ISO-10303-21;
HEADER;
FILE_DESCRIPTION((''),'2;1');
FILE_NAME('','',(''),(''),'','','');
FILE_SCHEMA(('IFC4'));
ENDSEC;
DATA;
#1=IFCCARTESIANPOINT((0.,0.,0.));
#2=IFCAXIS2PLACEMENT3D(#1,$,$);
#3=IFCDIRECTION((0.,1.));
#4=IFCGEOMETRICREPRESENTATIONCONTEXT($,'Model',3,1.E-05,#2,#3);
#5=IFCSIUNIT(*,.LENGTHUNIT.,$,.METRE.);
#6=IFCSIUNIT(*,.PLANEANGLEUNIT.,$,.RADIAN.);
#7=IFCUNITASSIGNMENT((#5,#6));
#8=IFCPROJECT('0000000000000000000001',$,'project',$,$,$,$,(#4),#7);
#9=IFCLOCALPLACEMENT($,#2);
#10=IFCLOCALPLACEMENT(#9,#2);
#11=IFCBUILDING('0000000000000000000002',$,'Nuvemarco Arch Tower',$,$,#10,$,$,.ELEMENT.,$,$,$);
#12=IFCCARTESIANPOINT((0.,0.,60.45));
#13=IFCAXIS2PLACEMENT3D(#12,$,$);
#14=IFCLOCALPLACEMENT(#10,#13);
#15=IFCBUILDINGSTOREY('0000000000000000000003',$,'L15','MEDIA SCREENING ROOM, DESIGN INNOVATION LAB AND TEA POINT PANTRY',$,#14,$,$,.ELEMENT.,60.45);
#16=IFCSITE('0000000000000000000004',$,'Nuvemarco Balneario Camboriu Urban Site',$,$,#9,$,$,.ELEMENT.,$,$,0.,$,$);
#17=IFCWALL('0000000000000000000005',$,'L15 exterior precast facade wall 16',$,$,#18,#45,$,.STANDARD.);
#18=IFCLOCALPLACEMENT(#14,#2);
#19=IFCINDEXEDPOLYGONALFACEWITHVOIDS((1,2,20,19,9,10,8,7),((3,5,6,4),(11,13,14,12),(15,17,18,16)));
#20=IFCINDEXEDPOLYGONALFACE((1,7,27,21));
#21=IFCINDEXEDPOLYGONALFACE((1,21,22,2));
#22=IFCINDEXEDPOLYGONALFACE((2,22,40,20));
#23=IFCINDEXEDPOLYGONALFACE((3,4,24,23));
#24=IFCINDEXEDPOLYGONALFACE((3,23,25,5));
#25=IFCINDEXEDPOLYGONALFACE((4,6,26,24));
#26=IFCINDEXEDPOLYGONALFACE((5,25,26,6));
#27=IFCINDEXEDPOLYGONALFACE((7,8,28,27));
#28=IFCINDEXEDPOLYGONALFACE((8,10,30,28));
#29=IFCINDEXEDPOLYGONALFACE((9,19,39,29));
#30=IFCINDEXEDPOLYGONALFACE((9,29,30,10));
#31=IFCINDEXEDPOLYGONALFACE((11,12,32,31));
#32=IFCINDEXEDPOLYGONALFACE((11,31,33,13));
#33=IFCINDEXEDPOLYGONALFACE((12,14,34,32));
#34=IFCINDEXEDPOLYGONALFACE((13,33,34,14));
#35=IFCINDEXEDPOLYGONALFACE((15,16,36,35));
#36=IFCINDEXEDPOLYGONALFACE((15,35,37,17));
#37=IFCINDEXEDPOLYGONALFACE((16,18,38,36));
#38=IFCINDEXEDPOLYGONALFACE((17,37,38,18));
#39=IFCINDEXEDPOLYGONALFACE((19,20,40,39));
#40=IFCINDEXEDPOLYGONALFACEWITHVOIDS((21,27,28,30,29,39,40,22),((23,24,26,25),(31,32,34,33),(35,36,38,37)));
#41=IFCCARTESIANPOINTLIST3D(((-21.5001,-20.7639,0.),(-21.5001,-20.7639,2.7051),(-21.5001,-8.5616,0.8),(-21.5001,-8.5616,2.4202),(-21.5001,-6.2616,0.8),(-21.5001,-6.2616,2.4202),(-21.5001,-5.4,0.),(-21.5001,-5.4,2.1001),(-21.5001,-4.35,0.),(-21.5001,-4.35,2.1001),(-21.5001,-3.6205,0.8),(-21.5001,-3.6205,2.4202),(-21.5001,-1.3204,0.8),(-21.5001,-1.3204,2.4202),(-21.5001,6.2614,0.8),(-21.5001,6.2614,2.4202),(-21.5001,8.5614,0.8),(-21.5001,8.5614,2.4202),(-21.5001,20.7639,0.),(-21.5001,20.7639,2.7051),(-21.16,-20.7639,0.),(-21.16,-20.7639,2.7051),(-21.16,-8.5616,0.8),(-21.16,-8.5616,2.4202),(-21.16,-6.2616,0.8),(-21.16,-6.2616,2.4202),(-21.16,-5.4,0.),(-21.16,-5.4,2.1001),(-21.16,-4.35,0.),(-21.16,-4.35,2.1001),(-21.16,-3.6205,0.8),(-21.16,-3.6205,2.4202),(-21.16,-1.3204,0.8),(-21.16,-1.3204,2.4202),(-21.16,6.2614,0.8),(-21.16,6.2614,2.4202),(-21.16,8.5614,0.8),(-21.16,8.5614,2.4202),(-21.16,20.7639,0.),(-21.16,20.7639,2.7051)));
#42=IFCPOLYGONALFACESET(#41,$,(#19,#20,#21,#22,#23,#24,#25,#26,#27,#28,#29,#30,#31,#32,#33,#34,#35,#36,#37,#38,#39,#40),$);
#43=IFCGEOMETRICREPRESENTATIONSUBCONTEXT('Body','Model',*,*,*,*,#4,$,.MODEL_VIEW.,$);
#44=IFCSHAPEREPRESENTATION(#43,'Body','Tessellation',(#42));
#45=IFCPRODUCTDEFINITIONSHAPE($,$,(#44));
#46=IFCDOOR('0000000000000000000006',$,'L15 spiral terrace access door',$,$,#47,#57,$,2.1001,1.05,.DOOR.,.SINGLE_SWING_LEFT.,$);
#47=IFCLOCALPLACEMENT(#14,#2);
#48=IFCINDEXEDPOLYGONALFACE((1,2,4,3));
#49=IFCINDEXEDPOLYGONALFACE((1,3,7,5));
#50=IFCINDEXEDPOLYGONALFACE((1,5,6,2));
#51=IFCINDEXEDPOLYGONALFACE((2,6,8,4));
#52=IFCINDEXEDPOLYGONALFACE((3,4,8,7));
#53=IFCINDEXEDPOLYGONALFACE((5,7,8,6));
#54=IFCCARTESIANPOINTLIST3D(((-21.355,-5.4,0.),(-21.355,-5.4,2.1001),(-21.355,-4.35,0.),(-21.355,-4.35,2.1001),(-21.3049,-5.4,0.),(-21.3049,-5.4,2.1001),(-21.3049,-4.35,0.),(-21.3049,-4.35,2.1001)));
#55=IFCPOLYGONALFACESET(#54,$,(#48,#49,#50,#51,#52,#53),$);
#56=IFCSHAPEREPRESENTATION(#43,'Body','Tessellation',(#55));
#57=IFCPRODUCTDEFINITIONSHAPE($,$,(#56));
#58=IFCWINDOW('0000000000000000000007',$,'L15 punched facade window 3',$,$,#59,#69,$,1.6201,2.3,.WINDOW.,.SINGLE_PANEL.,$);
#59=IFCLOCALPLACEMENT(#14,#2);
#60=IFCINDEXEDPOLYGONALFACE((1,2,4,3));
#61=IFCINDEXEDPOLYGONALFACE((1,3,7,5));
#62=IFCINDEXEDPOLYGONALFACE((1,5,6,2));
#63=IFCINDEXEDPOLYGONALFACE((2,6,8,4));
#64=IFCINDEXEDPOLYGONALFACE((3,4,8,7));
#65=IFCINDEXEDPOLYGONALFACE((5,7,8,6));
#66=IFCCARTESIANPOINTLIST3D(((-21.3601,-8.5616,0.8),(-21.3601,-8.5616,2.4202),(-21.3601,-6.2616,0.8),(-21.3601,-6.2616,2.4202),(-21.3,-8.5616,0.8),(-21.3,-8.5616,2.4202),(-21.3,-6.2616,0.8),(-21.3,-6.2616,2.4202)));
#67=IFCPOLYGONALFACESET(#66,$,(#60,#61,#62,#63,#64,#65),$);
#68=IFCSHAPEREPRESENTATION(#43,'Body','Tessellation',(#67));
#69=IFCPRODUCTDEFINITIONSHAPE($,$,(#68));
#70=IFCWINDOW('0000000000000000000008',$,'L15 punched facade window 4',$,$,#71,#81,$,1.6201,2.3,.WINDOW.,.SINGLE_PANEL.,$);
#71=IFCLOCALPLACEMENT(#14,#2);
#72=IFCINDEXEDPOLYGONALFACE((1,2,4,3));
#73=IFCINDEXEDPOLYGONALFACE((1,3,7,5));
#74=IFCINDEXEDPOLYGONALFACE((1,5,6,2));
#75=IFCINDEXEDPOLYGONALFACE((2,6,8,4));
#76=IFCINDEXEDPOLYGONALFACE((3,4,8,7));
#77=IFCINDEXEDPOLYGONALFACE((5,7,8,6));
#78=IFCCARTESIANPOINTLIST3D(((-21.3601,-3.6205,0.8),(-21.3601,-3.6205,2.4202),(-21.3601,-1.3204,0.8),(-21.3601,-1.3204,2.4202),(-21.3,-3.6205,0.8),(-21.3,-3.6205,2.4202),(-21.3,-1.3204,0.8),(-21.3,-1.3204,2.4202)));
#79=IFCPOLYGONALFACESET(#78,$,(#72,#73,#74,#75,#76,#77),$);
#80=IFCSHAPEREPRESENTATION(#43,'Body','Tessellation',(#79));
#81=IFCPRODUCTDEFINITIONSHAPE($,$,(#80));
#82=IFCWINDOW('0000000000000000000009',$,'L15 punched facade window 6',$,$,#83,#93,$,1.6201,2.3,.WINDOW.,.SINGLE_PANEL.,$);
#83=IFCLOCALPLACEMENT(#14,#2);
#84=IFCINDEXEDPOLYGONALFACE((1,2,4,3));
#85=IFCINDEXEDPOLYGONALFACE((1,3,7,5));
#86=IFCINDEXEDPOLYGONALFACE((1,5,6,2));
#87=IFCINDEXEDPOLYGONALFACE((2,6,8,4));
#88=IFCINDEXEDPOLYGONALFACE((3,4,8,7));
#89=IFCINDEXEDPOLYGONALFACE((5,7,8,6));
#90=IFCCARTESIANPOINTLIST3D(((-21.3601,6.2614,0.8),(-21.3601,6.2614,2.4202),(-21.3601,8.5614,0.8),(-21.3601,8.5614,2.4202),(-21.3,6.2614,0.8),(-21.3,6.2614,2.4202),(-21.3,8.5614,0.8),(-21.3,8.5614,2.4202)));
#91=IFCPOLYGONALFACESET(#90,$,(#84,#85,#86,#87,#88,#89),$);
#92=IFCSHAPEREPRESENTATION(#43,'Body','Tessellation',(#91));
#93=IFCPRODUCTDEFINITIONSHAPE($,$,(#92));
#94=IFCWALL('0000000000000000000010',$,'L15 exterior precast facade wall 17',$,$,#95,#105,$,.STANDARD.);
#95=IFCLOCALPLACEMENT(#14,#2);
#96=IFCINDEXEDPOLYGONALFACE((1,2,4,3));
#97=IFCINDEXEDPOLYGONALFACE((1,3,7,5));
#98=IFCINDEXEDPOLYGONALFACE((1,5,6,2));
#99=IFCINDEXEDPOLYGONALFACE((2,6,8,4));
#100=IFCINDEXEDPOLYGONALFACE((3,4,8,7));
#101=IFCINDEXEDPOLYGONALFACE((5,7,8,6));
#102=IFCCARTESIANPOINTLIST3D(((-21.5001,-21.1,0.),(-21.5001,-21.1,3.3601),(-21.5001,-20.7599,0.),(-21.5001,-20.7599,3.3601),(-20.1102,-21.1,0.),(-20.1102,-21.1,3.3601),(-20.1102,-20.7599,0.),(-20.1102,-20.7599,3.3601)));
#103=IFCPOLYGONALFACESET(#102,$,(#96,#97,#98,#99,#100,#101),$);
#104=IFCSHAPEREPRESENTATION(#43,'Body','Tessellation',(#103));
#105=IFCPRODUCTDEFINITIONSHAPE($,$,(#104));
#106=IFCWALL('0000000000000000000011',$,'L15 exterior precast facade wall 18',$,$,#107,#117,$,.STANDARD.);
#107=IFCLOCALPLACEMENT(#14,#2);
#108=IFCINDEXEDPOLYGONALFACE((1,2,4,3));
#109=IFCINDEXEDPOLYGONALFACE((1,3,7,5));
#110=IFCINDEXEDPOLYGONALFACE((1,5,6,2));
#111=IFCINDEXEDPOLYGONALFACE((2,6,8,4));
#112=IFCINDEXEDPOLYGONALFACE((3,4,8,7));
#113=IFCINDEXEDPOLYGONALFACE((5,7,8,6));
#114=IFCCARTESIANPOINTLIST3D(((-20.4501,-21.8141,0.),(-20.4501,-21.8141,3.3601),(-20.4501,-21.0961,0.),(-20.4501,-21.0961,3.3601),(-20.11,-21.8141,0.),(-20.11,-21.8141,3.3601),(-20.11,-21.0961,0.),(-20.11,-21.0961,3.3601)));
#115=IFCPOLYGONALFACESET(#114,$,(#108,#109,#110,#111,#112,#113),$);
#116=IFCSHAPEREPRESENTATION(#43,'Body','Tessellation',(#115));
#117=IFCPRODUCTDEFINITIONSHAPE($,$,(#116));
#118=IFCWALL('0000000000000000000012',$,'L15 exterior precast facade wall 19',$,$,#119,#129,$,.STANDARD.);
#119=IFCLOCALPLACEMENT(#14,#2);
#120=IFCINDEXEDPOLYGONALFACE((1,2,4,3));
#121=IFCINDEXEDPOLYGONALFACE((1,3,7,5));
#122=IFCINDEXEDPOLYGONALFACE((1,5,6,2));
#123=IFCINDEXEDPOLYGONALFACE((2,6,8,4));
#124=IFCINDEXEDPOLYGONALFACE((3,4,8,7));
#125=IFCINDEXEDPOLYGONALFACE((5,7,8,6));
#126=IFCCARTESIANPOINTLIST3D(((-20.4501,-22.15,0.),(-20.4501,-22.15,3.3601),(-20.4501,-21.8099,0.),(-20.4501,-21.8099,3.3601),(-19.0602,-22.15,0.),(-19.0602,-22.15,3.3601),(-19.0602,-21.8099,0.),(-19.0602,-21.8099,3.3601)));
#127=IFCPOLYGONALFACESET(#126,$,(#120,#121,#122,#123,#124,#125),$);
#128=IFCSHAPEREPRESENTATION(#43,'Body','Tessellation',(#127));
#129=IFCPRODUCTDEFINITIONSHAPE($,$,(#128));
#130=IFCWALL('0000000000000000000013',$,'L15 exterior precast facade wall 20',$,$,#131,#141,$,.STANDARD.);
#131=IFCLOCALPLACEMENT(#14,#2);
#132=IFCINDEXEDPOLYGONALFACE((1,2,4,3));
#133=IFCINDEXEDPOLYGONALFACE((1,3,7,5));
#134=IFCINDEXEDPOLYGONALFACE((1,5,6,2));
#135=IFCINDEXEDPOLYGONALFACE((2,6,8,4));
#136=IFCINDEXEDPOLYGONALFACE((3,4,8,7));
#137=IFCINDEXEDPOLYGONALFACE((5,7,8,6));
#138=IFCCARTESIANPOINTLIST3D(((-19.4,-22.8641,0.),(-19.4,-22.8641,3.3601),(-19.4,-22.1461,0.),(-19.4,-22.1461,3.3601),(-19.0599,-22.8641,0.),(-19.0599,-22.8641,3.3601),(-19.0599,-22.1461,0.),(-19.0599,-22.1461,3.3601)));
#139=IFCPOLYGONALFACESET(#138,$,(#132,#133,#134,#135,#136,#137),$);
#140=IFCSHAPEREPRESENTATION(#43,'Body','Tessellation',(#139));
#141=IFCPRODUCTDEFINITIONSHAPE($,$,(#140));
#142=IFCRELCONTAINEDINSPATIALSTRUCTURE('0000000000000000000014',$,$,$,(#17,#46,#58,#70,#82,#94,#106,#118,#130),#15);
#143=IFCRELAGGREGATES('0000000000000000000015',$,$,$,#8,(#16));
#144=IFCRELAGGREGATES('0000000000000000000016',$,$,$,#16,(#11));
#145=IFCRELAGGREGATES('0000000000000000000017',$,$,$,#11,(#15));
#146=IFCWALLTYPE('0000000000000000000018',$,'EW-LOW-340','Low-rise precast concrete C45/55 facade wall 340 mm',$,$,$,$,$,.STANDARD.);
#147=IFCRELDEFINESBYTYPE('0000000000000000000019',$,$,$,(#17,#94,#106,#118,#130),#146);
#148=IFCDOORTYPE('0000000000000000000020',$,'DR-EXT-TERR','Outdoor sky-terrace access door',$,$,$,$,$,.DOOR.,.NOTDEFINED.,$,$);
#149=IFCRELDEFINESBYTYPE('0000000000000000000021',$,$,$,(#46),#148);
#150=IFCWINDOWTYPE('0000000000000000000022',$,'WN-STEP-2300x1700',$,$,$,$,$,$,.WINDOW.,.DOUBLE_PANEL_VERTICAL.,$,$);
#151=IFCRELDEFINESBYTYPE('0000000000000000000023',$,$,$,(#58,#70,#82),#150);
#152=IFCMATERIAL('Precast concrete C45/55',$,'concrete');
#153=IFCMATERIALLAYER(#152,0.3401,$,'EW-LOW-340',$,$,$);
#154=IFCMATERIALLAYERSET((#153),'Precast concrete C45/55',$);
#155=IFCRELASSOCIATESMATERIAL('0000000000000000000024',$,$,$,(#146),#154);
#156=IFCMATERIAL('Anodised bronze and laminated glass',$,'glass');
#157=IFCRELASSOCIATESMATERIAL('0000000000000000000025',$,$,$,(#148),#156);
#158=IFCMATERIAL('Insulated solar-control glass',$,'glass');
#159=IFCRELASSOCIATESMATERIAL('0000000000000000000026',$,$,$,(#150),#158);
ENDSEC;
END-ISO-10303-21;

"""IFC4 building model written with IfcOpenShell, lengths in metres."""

from ifc_helpers import new_model, si_unit, direction, frame, frame_2d, origin, place, context, subcontext, project, spatial, rectangle, extrude, source, transform, mapped, material, layer, layer_set, type_object, type_shapes, element, fill, save


model = new_model("IFC4")

# Units and contexts
model_context = context("Model", 3, precision=1e-05, world=origin(), true_north=direction((0.0, 1.0)))
body_context = subcontext(model_context, "Body", "Model", "MODEL_VIEW")
ifc_project = project(units=[si_unit("LENGTHUNIT", "METRE"), si_unit("PLANEANGLEUNIT", "RADIAN")], contexts=[model_context])

# Site, building, storey
site_placement = place(None, origin())
site = spatial("IfcSite", under=ifc_project, at=site_placement, Name="Nuvemarco Balneario Camboriu Urban Site", CompositionType="ELEMENT", RefElevation=0.0)
building_placement = place(site_placement, origin())
building = spatial("IfcBuilding", under=site, at=building_placement, Name="Nuvemarco Arch Tower", CompositionType="ELEMENT")
storey_placement = place(building_placement, frame((0.0, 0.0, 60.45)))
storey = spatial("IfcBuildingStorey", under=building, at=storey_placement, Name="L15", Description="MEDIA SCREENING ROOM, DESIGN INNOVATION LAB AND TEA POINT PANTRY", CompositionType="ELEMENT", Elevation=60.45)

# Shared definitions
ifc_material_1 = material(Name="Precast concrete C45/55", Category="concrete")

# Shared definitions
ifc_layer = layer(ifc_material_1, 0.3401, Name="EW-LOW-340")
ifc_layer_set = layer_set([ifc_layer], Name="Precast concrete C45/55")
wall_type = type_object("IfcWallType", Name="EW-LOW-340", Description="Low-rise precast concrete C45/55 facade wall 340 mm", PredefinedType="STANDARD", material=ifc_layer_set)
ifc_material_2 = material(Name="Insulated solar-control glass", Category="glass")

# Wall, openings, door, windows
wall_1_placement = place(storey_placement, frame((-21.3301, -20.7639, 0.0), z_axis=(0.0, 0.0, 1.0), x_axis=(0.0, 1.0, 0.0)))
wall_1 = element("IfcWall", 1, at=wall_1_placement, inside=storey, type_object=wall_type, Name="L15 exterior precast facade wall 16", PredefinedType="STANDARD", context=body_context, shape_type="SweptSolid", body=[
    extrude(rectangle(XDim=41.5278, YDim=0.3401, at=frame_2d((20.7639, 0.0))), origin(), (0.0, 0.0, 1.0), 2.7051),
])
opening_1_placement = place(wall_1_placement, frame((15.364, 0.0, 0.0)))
opening_1 = element("IfcOpeningElement", 2, at=opening_1_placement, cuts=wall_1, PredefinedType="OPENING", context=body_context, shape_type="SweptSolid", body=[
    extrude(rectangle(XDim=1.05, YDim=2.1001, at=frame_2d((0.5249, 1.05))), frame((0.0, 0.1799, 0.0), z_axis=(0.0, -1.0, 0.0), x_axis=(1.0, 0.0, 0.0)), (0.0, 0.0, 1.0), 0.3601),
])
opening_2_placement = place(wall_1_placement, frame((12.2024, 0.0, 0.8)))
opening_2 = element("IfcOpeningElement", 3, at=opening_2_placement, cuts=wall_1, PredefinedType="OPENING", context=body_context, shape_type="SweptSolid", body=[
    extrude(rectangle(XDim=2.3, YDim=1.6201, at=frame_2d((1.1499, 0.8101))), frame((0.0, 0.1799, 0.0), z_axis=(0.0, -1.0, 0.0), x_axis=(1.0, 0.0, 0.0)), (0.0, 0.0, 1.0), 0.3601),
])
opening_3_placement = place(wall_1_placement, frame((17.1436, 0.0, 0.8)))
opening_3 = element("IfcOpeningElement", 4, at=opening_3_placement, cuts=wall_1, PredefinedType="OPENING", context=body_context, shape_type="SweptSolid", body=[
    extrude(rectangle(XDim=2.3, YDim=1.6201, at=frame_2d((1.1499, 0.8101))), frame((0.0, 0.1799, 0.0), z_axis=(0.0, -1.0, 0.0), x_axis=(1.0, 0.0, 0.0)), (0.0, 0.0, 1.0), 0.3601),
])
opening_4_placement = place(wall_1_placement, frame((27.0254, 0.0, 0.8)))
opening_4 = element("IfcOpeningElement", 5, at=opening_4_placement, cuts=wall_1, PredefinedType="OPENING", context=body_context, shape_type="SweptSolid", body=[
    extrude(rectangle(XDim=2.3, YDim=1.6201, at=frame_2d((1.1499, 0.8101))), frame((0.0, 0.1799, 0.0), z_axis=(0.0, -1.0, 0.0), x_axis=(1.0, 0.0, 0.0)), (0.0, 0.0, 1.0), 0.3601),
])
ifc_material_3 = material(Name="Anodised bronze and laminated glass", Category="glass")
door_type = type_object("IfcDoorType", Name="DR-EXT-TERR", Description="Outdoor sky-terrace access door", OperationType="NOTDEFINED", PredefinedType="DOOR", material=ifc_material_3)
shared_shape_1 = source(origin(), body_context, "Body", "SweptSolid", [
    extrude(rectangle(XDim=1.05, YDim=2.1001, at=frame_2d((0.5249, 1.05))), frame((0.0, 0.0249, 0.0), z_axis=(0.0, -1.0, 0.0), x_axis=(1.0, 0.0, 0.0)), (0.0, 0.0, 1.0), 0.05),
])
type_shapes(door_type, [shared_shape_1])
door_placement = place(opening_1_placement, origin())
door = element("IfcDoor", 6, at=door_placement, inside=storey, type_object=door_type, Name="L15 spiral terrace access door", OperationType="SINGLE_SWING_LEFT", OverallHeight=2.1001, OverallWidth=1.05, PredefinedType="DOOR", context=body_context, shape_type="MappedRepresentation", body=[
    mapped(shared_shape_1, transform((0.0, 0.0, 0.0), scale=1.0)),
])
fill(opening_1, door)
window_type_1 = type_object("IfcWindowType", Name="WN-STEP-2300x1700", PartitioningType="DOUBLE_PANEL_VERTICAL", PredefinedType="WINDOW", material=ifc_material_2)
shared_shape_2 = source(origin(), body_context, "Body", "SweptSolid", [
    extrude(rectangle(XDim=2.3, YDim=1.6201, at=frame_2d((1.1499, 0.8101))), frame((0.0, 0.03, 0.0), z_axis=(0.0, -1.0, 0.0), x_axis=(1.0, 0.0, 0.0)), (0.0, 0.0, 1.0), 0.0601),
])
type_shapes(window_type_1, [shared_shape_2])
window_1_placement = place(opening_2_placement, origin())
window_1 = element("IfcWindow", 7, at=window_1_placement, inside=storey, type_object=window_type_1, Name="L15 punched facade window 3", OverallHeight=1.6201, OverallWidth=2.3, PartitioningType="SINGLE_PANEL", PredefinedType="WINDOW", context=body_context, shape_type="MappedRepresentation", body=[
    mapped(shared_shape_2, transform((0.0, 0.0, 0.0), scale=1.0)),
])
fill(opening_2, window_1)
window_2_placement = place(opening_3_placement, origin())
window_2 = element("IfcWindow", 8, at=window_2_placement, inside=storey, type_object=window_type_1, Name="L15 punched facade window 4", OverallHeight=1.6201, OverallWidth=2.3, PartitioningType="SINGLE_PANEL", PredefinedType="WINDOW", context=body_context, shape_type="MappedRepresentation", body=[
    mapped(shared_shape_2, transform((0.0, 0.0, 0.0), scale=1.0)),
])
fill(opening_3, window_2)
window_3_placement = place(opening_4_placement, origin())
window_3 = element("IfcWindow", 9, at=window_3_placement, inside=storey, type_object=window_type_1, Name="L15 punched facade window 6", OverallHeight=1.6201, OverallWidth=2.3, PartitioningType="SINGLE_PANEL", PredefinedType="WINDOW", context=body_context, shape_type="MappedRepresentation", body=[
    mapped(shared_shape_2, transform((0.0, 0.0, 0.0), scale=1.0)),
])
fill(opening_4, window_3)

# Walls
wall_2_placement = place(storey_placement, frame((-21.5, -20.9299, 0.0), z_axis=(0.0, 0.0, 1.0), x_axis=(1.0, 0.0, 0.0)))
element("IfcWall", 10, at=wall_2_placement, inside=storey, type_object=wall_type, Name="L15 exterior precast facade wall 17", PredefinedType="STANDARD", context=body_context, shape_type="SweptSolid", body=[
    extrude(rectangle(XDim=1.3899, YDim=0.3401, at=frame_2d((0.6948, 0.0))), origin(), (0.0, 0.0, 1.0), 3.3601),
])
wall_3_placement = place(storey_placement, frame((-20.28, -21.814, 0.0), z_axis=(0.0, 0.0, 1.0), x_axis=(0.0, 1.0, 0.0)))
element("IfcWall", 11, at=wall_3_placement, inside=storey, type_object=wall_type, Name="L15 exterior precast facade wall 18", PredefinedType="STANDARD", context=body_context, shape_type="SweptSolid", body=[
    extrude(rectangle(XDim=0.718, YDim=0.3401, at=frame_2d((0.3589, 0.0))), origin(), (0.0, 0.0, 1.0), 3.3601),
])
wall_4_placement = place(storey_placement, frame((-20.45, -21.98, 0.0), z_axis=(0.0, 0.0, 1.0), x_axis=(1.0, 0.0, 0.0)))
element("IfcWall", 12, at=wall_4_placement, inside=storey, type_object=wall_type, Name="L15 exterior precast facade wall 19", PredefinedType="STANDARD", context=body_context, shape_type="SweptSolid", body=[
    extrude(rectangle(XDim=1.3899, YDim=0.3401, at=frame_2d((0.6948, 0.0))), origin(), (0.0, 0.0, 1.0), 3.3601),
])
wall_5_placement = place(storey_placement, frame((-19.23, -22.864, 0.0), z_axis=(0.0, 0.0, 1.0), x_axis=(0.0, 1.0, 0.0)))
element("IfcWall", 13, at=wall_5_placement, inside=storey, type_object=wall_type, Name="L15 exterior precast facade wall 20", PredefinedType="STANDARD", context=body_context, shape_type="SweptSolid", body=[
    extrude(rectangle(XDim=0.718, YDim=0.3401, at=frame_2d((0.3589, 0.0))), origin(), (0.0, 0.0, 1.0), 3.3601),
])

save(model, "model.ifc")
